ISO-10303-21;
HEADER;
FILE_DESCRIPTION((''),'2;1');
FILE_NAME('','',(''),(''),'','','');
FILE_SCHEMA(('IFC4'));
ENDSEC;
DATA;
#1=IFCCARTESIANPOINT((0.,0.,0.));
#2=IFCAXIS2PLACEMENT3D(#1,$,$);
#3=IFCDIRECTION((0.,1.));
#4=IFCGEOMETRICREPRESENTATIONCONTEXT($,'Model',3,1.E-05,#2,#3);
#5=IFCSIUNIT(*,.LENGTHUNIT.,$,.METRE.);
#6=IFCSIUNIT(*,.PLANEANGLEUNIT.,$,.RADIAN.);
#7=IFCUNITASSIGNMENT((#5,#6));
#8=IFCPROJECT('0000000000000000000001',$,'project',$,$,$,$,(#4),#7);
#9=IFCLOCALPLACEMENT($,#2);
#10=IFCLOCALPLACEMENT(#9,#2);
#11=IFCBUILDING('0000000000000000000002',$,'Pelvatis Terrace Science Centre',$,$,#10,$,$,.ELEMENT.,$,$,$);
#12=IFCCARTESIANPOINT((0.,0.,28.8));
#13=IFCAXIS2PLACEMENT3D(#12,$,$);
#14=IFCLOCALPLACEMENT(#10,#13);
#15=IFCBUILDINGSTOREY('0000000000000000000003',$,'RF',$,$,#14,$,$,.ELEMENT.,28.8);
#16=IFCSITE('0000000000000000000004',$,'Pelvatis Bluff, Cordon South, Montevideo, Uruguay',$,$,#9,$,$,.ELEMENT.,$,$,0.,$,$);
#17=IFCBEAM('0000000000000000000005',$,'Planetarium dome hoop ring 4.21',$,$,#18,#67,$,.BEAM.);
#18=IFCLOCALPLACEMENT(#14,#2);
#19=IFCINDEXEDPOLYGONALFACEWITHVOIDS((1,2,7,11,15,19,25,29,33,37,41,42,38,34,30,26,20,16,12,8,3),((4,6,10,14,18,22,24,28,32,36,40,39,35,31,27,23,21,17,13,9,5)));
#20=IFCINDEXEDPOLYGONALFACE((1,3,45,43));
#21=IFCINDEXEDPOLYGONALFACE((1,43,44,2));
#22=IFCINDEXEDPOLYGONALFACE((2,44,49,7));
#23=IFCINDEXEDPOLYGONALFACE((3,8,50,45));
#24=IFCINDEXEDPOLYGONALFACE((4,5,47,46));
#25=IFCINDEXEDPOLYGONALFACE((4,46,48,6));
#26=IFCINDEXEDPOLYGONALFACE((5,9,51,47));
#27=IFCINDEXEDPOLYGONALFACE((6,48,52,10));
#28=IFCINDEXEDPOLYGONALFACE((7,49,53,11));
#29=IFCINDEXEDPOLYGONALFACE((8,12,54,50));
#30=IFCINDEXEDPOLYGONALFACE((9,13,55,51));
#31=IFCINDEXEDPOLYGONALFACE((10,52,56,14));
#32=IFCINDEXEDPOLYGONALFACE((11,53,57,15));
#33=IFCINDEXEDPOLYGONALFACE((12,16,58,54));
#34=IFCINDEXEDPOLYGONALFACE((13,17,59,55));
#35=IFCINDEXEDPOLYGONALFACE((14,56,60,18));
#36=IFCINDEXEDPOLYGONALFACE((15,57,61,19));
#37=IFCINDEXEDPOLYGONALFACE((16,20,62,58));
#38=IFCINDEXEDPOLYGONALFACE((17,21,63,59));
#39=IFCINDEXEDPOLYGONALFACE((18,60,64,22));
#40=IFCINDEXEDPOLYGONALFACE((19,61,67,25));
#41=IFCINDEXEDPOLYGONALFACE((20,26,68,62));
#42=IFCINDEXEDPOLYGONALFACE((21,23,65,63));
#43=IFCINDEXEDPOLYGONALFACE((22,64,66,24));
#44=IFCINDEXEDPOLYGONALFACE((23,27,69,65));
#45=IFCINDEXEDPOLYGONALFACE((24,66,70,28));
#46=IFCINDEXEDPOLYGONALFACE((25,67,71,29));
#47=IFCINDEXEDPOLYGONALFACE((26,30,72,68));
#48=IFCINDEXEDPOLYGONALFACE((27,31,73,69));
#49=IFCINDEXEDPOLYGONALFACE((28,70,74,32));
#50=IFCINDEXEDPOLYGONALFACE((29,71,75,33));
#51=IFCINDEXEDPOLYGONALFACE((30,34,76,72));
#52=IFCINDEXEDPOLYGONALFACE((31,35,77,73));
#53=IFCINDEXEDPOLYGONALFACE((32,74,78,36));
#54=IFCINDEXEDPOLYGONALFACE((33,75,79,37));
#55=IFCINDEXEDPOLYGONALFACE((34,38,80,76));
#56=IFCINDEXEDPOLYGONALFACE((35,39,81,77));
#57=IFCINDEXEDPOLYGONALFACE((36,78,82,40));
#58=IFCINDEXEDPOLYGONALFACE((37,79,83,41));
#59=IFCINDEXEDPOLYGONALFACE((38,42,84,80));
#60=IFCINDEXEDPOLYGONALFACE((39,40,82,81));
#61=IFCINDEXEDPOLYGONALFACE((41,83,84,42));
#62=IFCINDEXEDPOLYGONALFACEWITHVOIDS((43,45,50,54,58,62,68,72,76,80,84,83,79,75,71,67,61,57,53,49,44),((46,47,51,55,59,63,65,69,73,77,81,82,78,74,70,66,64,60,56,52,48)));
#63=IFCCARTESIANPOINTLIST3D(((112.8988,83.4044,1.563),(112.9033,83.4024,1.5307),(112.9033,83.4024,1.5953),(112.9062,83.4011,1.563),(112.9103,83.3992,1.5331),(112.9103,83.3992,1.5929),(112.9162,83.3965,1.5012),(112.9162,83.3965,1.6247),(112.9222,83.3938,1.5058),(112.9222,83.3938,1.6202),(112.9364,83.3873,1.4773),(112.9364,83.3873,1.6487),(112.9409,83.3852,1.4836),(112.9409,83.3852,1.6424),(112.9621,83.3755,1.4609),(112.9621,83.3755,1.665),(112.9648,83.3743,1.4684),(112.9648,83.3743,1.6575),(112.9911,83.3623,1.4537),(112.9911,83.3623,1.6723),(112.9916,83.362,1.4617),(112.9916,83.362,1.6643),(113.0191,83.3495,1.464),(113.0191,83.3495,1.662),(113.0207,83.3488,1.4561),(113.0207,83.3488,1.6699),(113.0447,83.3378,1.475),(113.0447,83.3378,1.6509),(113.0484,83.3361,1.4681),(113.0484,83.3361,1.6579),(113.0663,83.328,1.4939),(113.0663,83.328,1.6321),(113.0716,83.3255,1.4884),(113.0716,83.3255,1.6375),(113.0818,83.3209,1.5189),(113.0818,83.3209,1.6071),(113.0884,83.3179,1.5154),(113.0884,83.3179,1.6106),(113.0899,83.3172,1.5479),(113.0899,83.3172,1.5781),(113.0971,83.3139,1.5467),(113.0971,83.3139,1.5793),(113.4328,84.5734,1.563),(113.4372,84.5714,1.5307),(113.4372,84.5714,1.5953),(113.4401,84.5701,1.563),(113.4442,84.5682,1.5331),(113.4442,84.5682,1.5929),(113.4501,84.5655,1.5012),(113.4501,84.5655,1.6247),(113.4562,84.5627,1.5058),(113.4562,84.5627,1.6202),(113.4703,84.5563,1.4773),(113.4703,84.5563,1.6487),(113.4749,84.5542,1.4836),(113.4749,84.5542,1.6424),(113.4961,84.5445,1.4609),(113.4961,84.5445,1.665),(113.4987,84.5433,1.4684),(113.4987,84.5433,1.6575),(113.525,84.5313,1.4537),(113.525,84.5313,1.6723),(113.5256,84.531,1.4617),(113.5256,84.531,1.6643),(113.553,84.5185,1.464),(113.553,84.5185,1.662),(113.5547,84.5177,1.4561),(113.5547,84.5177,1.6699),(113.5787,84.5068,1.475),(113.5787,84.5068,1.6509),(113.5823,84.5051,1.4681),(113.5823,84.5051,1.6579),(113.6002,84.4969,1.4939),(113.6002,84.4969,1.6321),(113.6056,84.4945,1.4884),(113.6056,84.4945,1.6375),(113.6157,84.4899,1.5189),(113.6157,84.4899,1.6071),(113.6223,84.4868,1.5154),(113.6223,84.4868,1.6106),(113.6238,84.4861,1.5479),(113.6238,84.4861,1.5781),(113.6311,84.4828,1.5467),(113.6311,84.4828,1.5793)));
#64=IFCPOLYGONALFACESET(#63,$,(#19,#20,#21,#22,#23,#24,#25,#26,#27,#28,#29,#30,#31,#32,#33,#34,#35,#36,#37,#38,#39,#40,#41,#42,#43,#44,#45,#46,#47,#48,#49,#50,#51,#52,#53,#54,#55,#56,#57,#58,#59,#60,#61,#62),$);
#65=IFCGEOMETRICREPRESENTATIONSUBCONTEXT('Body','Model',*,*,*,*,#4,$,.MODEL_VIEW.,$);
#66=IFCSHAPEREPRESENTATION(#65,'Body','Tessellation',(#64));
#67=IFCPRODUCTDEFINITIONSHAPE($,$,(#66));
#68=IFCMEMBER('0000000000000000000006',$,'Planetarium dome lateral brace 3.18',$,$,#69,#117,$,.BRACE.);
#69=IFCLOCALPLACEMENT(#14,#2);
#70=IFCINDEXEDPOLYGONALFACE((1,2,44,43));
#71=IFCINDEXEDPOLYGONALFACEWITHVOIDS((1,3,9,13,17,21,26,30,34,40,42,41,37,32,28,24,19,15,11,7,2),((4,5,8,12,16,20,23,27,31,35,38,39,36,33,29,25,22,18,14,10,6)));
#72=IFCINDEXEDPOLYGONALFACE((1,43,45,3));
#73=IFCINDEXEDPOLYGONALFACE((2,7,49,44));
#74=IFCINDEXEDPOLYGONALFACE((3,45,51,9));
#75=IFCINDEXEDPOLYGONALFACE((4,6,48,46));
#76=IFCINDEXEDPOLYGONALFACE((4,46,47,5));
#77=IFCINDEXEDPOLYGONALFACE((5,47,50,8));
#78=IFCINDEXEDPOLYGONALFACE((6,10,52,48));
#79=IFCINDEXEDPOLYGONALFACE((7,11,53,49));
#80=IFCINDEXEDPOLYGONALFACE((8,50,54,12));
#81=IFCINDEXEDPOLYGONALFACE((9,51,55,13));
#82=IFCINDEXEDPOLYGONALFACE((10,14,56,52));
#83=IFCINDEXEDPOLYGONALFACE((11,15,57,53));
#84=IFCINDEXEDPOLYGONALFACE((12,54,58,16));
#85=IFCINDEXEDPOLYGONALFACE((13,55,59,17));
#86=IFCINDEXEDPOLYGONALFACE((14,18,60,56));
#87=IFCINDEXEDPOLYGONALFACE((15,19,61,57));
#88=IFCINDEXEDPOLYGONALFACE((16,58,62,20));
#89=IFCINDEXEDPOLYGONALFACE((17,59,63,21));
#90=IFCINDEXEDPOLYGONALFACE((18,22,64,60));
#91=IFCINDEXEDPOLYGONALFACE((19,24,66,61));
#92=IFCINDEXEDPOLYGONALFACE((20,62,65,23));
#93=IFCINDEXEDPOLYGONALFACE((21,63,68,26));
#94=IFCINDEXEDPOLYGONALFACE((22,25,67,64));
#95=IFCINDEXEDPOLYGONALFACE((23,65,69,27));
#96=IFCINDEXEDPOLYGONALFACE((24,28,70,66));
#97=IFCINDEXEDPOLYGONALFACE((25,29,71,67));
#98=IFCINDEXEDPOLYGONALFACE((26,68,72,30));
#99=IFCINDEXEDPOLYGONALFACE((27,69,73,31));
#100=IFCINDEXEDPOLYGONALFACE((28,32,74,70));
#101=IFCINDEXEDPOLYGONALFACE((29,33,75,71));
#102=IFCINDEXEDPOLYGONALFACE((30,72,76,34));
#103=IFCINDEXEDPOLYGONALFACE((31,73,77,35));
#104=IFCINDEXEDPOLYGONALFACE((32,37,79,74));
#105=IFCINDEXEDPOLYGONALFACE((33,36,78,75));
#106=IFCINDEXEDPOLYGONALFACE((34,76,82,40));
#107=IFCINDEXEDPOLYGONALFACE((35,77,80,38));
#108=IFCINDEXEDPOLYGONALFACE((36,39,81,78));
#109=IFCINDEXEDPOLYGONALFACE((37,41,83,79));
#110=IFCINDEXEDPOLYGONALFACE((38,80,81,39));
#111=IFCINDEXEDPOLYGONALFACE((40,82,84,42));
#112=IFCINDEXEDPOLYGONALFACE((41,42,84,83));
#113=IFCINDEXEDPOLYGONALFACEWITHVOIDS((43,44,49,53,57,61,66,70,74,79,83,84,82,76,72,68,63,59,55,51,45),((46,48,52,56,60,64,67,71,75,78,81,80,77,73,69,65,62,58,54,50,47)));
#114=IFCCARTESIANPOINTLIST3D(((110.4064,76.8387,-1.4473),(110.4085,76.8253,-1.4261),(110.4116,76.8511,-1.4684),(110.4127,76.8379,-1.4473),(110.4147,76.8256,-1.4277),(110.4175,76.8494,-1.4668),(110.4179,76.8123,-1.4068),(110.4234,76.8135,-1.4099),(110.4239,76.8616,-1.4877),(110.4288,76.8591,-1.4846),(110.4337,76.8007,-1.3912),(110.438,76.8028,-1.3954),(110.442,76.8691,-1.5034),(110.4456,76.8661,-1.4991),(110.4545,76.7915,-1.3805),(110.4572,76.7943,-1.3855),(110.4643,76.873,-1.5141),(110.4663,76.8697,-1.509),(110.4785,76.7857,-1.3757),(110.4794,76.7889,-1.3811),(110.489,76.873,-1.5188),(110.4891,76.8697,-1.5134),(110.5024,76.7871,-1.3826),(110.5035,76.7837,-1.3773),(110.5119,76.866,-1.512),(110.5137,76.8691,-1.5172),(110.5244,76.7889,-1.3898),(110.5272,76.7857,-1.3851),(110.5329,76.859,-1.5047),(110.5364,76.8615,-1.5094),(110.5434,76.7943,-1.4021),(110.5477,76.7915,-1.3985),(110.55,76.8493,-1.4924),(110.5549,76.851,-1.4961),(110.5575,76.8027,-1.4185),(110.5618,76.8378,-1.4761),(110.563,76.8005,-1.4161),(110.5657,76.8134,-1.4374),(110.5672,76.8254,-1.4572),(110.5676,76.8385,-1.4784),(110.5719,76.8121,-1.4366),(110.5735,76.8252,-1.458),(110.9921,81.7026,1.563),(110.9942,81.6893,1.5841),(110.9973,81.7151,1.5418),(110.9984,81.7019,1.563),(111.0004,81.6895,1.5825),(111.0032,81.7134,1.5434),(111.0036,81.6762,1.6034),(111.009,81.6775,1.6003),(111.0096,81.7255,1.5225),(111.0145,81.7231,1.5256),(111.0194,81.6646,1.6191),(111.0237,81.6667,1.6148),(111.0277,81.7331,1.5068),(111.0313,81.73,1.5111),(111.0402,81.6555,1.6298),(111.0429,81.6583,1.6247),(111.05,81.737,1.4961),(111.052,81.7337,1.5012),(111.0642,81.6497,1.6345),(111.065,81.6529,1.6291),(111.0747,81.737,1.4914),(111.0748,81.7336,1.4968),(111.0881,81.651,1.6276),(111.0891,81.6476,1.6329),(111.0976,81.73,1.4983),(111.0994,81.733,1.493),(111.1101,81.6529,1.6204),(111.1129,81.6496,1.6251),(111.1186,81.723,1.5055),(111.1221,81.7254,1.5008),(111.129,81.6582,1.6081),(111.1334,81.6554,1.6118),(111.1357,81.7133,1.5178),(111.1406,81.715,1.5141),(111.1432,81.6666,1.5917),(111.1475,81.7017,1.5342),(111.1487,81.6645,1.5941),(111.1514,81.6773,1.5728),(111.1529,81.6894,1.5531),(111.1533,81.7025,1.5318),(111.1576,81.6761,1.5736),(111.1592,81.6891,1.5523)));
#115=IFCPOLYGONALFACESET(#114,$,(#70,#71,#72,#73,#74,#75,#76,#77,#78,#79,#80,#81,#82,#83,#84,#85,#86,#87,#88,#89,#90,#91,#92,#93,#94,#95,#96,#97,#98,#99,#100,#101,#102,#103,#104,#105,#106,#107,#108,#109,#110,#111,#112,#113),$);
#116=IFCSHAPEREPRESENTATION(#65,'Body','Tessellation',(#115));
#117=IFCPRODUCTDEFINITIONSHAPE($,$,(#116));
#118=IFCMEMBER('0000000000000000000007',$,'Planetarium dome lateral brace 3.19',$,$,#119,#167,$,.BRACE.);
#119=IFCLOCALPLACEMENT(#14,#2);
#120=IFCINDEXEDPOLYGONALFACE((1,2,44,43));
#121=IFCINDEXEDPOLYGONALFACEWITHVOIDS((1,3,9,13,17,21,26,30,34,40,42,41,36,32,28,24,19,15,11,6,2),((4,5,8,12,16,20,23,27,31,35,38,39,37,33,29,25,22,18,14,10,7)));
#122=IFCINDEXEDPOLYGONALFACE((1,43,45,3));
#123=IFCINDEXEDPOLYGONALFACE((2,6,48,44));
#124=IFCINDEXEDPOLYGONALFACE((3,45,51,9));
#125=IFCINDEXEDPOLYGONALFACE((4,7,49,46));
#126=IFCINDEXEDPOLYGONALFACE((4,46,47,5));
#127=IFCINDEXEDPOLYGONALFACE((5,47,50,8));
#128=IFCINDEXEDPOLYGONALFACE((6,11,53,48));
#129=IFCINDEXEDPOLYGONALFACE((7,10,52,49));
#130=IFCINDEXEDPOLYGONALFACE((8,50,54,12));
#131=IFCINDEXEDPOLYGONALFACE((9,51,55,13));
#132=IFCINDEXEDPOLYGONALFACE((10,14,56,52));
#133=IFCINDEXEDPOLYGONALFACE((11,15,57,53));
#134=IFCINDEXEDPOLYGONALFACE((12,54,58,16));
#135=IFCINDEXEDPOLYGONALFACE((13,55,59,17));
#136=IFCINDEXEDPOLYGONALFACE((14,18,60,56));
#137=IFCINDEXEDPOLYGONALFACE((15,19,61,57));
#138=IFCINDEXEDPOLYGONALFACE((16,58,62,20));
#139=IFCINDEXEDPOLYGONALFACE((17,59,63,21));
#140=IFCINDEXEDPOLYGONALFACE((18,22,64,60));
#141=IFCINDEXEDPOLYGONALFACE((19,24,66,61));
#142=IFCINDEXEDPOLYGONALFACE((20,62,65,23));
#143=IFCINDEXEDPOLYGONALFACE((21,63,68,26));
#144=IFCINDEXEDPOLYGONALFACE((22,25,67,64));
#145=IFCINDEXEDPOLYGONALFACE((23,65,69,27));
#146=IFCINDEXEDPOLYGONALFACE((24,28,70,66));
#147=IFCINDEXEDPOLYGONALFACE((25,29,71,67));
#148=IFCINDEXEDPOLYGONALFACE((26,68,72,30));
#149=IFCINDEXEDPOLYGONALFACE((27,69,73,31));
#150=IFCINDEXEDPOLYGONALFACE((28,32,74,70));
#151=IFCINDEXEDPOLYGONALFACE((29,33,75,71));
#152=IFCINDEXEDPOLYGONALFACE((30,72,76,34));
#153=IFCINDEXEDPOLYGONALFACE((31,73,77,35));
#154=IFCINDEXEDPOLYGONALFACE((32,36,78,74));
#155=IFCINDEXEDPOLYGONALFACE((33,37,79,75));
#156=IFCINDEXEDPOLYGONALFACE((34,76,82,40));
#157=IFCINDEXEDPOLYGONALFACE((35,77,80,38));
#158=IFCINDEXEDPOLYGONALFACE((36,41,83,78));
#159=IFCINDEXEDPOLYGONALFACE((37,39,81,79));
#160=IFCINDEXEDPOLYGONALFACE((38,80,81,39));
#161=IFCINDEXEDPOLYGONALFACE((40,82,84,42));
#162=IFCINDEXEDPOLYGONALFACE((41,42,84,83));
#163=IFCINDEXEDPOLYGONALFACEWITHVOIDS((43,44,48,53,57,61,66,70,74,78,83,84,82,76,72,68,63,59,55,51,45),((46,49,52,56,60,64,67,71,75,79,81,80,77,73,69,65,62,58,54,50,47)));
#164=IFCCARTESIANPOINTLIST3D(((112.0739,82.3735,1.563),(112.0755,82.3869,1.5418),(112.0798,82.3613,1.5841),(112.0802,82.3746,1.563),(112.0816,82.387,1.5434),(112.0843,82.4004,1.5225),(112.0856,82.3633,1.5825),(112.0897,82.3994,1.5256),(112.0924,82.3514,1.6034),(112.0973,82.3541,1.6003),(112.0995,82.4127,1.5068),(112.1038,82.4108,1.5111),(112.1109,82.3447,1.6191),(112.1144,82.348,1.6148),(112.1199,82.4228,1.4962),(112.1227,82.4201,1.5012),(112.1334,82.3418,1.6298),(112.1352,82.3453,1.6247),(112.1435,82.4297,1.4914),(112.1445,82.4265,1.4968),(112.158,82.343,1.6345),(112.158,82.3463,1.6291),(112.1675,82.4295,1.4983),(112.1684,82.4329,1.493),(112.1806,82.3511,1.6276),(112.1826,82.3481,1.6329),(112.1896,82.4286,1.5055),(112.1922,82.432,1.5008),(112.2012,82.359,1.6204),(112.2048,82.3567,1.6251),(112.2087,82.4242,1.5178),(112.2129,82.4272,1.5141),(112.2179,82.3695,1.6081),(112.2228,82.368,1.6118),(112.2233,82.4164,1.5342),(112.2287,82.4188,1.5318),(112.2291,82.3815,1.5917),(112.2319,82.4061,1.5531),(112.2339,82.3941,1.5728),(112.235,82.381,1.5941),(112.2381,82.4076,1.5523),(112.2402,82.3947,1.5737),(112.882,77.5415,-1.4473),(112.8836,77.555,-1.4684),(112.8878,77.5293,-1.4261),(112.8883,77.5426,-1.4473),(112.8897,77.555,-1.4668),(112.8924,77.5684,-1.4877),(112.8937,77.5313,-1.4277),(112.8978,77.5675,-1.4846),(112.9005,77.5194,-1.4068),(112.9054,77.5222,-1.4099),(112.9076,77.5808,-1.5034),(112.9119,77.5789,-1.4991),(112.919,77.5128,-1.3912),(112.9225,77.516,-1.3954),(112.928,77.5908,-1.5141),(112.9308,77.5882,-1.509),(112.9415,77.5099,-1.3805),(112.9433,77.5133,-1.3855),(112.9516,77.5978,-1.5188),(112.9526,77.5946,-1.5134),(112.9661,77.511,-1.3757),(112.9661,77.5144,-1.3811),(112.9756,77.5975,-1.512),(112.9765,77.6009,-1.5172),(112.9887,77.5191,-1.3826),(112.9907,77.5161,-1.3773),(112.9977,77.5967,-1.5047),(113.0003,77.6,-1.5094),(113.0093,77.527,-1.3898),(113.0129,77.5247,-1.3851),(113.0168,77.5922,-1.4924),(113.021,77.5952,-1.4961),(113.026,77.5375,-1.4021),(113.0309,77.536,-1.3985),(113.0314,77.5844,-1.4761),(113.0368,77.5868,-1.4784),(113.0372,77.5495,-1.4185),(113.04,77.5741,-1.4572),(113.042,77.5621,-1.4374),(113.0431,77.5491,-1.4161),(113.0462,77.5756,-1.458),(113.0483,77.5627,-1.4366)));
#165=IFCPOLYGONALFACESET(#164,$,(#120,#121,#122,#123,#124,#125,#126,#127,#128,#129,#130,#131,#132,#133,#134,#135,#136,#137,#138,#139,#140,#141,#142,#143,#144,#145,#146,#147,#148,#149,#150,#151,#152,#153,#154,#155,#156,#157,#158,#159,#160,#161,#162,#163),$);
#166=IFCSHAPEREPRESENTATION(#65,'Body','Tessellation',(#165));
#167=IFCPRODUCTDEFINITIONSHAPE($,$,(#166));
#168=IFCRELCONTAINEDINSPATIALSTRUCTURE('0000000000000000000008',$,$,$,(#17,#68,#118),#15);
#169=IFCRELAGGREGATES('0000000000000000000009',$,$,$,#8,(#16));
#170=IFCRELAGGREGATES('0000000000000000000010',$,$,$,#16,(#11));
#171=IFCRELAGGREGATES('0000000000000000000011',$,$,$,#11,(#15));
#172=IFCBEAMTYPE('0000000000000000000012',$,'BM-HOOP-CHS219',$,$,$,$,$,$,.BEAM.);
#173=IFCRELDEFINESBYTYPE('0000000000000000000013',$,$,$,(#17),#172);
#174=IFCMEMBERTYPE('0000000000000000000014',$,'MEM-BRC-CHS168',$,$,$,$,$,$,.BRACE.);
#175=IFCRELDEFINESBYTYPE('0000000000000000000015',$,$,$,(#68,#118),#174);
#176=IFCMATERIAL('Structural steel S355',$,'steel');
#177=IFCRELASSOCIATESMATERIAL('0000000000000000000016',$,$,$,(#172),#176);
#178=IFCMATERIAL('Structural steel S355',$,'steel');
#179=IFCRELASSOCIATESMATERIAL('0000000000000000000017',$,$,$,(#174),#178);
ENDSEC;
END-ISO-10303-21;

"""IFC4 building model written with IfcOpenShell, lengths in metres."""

from ifc_helpers import new_model, si_unit, direction, frame, origin, origin_2d, place, context, subcontext, project, spatial, hollow_circle, extrude, material, material_profile, profile_set, type_object, element, save


model = new_model("IFC4")

# Units and contexts
model_context = context("Model", 3, precision=1e-05, world=origin(), true_north=direction((0.0, 1.0)))
body_context = subcontext(model_context, "Body", "Model", "MODEL_VIEW")
ifc_project = project(units=[si_unit("LENGTHUNIT", "METRE"), si_unit("PLANEANGLEUNIT", "RADIAN")], contexts=[model_context])

# Site, building, storey
site_placement = place(None, origin())
site = spatial("IfcSite", under=ifc_project, at=site_placement, Name="Pelvatis Bluff, Cordon South, Montevideo, Uruguay", CompositionType="ELEMENT", RefElevation=0.0)
building_placement = place(site_placement, origin())
building = spatial("IfcBuilding", under=site, at=building_placement, Name="Pelvatis Terrace Science Centre", CompositionType="ELEMENT")
storey_placement = place(building_placement, frame((0.0, 0.0, 28.8)))
storey = spatial("IfcBuildingStorey", under=building, at=storey_placement, Name="RF", CompositionType="ELEMENT", Elevation=28.8)

# Beam
ifc_material_1 = material(Name="Structural steel S355", Category="steel")
ifc_material_profile_1 = material_profile(ifc_material_1, hollow_circle(Radius=0.1096, WallThickness=0.0081, at=origin_2d()), Name="CHS 219.1x8.0")
ifc_profile_set_1 = profile_set([ifc_material_profile_1], Name="Structural steel S355")
beam_type_1 = type_object("IfcBeamType", Name="BM-HOOP-CHS219", PredefinedType="BEAM", material=ifc_profile_set_1)
for number, where, z_axis, x_axis, name in (
    (1, (112.9985, 83.3589, 1.563), (0.415477, 0.909604, 0.0), (-0.909604, 0.415477, 0.0), "Planetarium dome hoop ring 4.21"),
):
    element("IfcBeam", number, at=place(storey_placement, frame(where, z_axis=z_axis, x_axis=x_axis)), inside=storey, type_object=beam_type_1, Name=name, PredefinedType="BEAM", context=body_context, shape_type="SweptSolid", body=[
        extrude(hollow_circle(Radius=0.1096, WallThickness=0.0081, at=origin_2d()), origin(), (0.0, 0.0, 1.0), 1.2852),
    ])

# Members
ifc_material_2 = material(Name="Structural steel S355", Category="steel")
ifc_material_profile_2 = material_profile(ifc_material_2, hollow_circle(Radius=0.0842, WallThickness=0.0063, at=origin_2d()), Name="CHS 168.3x6.3")
ifc_profile_set_2 = profile_set([ifc_material_profile_2], Name="Structural steel S355")
member_type_1 = type_object("IfcMemberType", Name="MEM-BRC-CHS168", PredefinedType="BRACE", material=ifc_profile_set_2)
for number, where, z_axis, x_axis, name in (
    (2, (110.49, 76.8286, -1.4473), (0.101858, 0.845905, 0.523516), (-0.992828, 0.11955, 0.0), "Planetarium dome lateral brace 3.18"),
    (3, (112.9651, 77.5554, -1.4473), (-0.140539, 0.840345, 0.523517), (-0.986302, -0.164948, 0.0), "Planetarium dome lateral brace 3.19"),
):
    element("IfcMember", number, at=place(storey_placement, frame(where, z_axis=z_axis, x_axis=x_axis)), inside=storey, type_object=member_type_1, Name=name, PredefinedType="BRACE", context=body_context, shape_type="SweptSolid", body=[
        extrude(hollow_circle(Radius=0.0842, WallThickness=0.0063, at=origin_2d()), origin(), (0.0, 0.0, 1.0), 5.75),
    ])

save(model, "model.ifc")
